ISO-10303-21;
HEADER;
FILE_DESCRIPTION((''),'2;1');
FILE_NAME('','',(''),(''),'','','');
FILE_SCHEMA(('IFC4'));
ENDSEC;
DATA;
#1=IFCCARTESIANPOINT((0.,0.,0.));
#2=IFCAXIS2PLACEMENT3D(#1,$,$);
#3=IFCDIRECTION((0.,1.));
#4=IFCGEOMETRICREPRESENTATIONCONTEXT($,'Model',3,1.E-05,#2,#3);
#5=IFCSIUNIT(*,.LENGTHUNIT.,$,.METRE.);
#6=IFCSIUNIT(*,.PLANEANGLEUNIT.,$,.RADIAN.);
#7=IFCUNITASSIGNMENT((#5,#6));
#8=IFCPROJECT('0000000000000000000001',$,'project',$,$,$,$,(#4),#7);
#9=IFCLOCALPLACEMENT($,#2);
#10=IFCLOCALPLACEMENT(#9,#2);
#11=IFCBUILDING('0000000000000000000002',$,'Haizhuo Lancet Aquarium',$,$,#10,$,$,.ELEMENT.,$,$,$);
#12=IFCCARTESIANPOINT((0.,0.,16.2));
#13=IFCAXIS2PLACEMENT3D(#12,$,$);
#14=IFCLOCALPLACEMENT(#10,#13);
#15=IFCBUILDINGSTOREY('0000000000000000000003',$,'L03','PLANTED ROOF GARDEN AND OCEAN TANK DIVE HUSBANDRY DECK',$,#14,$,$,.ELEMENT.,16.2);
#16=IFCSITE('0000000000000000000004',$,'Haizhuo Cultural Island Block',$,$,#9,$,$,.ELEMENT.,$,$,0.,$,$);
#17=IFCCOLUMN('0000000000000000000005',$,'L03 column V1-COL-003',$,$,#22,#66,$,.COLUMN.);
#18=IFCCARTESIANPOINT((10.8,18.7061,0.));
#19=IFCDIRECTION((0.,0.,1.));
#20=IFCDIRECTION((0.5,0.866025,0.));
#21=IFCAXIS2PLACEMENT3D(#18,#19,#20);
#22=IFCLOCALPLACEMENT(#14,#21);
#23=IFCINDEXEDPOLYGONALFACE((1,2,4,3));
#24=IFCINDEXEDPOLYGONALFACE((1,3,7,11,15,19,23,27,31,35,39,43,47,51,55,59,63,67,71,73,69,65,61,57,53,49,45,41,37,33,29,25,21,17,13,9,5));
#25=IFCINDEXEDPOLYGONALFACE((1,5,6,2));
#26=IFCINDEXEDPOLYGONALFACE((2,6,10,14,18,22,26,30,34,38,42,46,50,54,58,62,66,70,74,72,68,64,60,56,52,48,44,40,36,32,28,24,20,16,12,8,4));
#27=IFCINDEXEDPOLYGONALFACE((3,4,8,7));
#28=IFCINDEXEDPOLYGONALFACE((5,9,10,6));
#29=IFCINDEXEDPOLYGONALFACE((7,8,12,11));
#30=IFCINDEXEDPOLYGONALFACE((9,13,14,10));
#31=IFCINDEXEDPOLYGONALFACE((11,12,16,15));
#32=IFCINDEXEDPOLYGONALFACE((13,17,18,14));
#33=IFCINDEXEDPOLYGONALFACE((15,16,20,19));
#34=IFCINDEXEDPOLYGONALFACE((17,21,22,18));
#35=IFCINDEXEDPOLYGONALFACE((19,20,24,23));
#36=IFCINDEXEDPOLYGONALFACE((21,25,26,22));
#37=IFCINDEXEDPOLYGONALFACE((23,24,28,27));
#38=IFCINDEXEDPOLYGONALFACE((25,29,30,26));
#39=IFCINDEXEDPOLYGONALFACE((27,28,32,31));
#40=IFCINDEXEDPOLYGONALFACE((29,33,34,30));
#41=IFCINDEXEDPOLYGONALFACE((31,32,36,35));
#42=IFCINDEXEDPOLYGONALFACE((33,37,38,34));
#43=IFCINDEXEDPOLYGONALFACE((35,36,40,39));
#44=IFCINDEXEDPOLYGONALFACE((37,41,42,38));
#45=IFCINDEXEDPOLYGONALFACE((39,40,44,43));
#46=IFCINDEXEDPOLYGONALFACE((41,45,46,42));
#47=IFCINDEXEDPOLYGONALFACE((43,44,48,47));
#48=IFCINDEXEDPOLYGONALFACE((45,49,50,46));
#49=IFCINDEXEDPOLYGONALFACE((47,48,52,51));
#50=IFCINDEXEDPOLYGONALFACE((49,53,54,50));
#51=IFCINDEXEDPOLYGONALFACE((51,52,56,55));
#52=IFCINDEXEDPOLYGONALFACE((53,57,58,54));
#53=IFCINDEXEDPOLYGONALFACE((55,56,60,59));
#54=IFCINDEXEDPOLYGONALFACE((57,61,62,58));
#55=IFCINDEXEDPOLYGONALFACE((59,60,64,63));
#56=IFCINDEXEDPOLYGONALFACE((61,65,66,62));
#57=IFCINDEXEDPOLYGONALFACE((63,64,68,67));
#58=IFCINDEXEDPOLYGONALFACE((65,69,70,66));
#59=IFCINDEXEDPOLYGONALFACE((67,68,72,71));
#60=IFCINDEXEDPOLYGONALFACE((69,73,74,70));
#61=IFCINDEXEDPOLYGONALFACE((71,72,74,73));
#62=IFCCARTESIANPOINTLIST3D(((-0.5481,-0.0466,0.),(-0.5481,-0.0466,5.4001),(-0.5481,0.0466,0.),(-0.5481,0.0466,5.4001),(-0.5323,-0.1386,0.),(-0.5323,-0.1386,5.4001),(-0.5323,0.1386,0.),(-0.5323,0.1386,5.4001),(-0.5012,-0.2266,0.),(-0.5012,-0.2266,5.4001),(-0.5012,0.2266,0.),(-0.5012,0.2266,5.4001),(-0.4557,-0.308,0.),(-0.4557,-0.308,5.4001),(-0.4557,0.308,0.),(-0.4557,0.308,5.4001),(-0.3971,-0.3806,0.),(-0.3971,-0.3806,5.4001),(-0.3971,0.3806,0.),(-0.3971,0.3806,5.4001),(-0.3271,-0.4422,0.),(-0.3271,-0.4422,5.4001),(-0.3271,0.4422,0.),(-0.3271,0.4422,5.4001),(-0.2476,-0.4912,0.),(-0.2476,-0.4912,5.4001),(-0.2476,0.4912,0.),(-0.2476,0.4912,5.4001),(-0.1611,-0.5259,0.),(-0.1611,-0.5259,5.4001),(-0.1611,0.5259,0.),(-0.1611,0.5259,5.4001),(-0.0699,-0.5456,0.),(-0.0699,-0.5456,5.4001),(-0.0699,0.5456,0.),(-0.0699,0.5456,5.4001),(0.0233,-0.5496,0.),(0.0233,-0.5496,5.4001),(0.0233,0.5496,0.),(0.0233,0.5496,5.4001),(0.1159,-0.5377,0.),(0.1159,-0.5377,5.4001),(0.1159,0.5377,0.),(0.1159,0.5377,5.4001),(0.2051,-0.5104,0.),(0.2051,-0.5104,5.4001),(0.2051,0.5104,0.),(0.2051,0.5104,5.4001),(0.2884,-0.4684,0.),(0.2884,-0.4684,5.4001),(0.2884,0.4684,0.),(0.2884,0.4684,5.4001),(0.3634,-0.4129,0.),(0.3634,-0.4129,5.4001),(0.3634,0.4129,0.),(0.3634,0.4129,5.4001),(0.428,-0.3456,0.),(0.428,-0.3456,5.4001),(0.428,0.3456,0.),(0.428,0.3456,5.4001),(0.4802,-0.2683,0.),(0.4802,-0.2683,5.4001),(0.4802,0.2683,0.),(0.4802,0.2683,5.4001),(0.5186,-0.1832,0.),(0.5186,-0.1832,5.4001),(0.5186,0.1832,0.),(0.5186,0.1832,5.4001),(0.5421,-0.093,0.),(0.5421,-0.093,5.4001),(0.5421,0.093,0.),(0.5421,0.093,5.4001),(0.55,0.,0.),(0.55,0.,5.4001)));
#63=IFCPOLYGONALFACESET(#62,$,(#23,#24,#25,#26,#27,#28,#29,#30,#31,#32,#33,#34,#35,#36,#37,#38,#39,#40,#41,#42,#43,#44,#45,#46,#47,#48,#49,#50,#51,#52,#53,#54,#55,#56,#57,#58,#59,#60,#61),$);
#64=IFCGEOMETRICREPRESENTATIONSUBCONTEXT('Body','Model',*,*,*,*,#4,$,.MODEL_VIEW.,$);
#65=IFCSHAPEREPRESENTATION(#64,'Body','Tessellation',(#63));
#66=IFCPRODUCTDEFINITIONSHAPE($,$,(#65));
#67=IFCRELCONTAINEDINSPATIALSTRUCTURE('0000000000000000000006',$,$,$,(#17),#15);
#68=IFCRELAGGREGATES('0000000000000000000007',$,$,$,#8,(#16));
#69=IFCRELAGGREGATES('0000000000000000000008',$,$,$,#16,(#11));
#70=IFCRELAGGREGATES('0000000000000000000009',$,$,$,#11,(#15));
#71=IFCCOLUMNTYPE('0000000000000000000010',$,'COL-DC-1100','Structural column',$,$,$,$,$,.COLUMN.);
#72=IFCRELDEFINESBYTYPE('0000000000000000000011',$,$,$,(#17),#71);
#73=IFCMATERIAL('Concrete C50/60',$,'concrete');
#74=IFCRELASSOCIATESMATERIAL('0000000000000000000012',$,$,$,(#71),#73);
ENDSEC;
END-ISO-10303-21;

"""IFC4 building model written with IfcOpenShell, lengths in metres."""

from ifc_helpers import new_model, si_unit, direction, frame, origin, origin_2d, place, context, subcontext, project, spatial, circle, extrude, material, material_profile, profile_set, type_object, element, save


model = new_model("IFC4")

# Units and contexts
model_context = context("Model", 3, precision=1e-05, world=origin(), true_north=direction((0.0, 1.0)))
body_context = subcontext(model_context, "Body", "Model", "MODEL_VIEW")
ifc_project = project(units=[si_unit("LENGTHUNIT", "METRE"), si_unit("PLANEANGLEUNIT", "RADIAN")], contexts=[model_context])

# Site, building, storey
site_placement = place(None, origin())
site = spatial("IfcSite", under=ifc_project, at=site_placement, Name="Haizhuo Cultural Island Block", CompositionType="ELEMENT", RefElevation=0.0)
building_placement = place(site_placement, origin())
building = spatial("IfcBuilding", under=site, at=building_placement, Name="Haizhuo Lancet Aquarium", CompositionType="ELEMENT")
storey_placement = place(building_placement, frame((0.0, 0.0, 16.2)))
storey = spatial("IfcBuildingStorey", under=building, at=storey_placement, Name="L03", Description="PLANTED ROOF GARDEN AND OCEAN TANK DIVE HUSBANDRY DECK", CompositionType="ELEMENT", Elevation=16.2)

# Column
ifc_material_1 = material(Name="Concrete C50/60", Category="concrete")
ifc_material_profile_1 = material_profile(ifc_material_1, circle(Radius=0.55, at=origin_2d()), Name="RC-DC 1100")
ifc_profile_set_1 = profile_set([ifc_material_profile_1], Name="Concrete C50/60")
column_type = type_object("IfcColumnType", Name="COL-DC-1100", Description="Structural column", PredefinedType="COLUMN", material=ifc_profile_set_1)
for number, where, z_axis, x_axis, name in (
    (1, (10.8, 18.7061, 0.0), (0.0, 0.0, 1.0), (0.5, 0.866025, 0.0), "L03 column V1-COL-003"),
):
    element("IfcColumn", number, at=place(storey_placement, frame(where, z_axis=z_axis, x_axis=x_axis)), inside=storey, type_object=column_type, Name=name, PredefinedType="COLUMN", context=body_context, shape_type="SweptSolid", body=[
        extrude(circle(Radius=0.55, at=origin_2d()), origin(), (0.0, 0.0, 1.0), 5.4001),
    ])

save(model, "model.ifc")
